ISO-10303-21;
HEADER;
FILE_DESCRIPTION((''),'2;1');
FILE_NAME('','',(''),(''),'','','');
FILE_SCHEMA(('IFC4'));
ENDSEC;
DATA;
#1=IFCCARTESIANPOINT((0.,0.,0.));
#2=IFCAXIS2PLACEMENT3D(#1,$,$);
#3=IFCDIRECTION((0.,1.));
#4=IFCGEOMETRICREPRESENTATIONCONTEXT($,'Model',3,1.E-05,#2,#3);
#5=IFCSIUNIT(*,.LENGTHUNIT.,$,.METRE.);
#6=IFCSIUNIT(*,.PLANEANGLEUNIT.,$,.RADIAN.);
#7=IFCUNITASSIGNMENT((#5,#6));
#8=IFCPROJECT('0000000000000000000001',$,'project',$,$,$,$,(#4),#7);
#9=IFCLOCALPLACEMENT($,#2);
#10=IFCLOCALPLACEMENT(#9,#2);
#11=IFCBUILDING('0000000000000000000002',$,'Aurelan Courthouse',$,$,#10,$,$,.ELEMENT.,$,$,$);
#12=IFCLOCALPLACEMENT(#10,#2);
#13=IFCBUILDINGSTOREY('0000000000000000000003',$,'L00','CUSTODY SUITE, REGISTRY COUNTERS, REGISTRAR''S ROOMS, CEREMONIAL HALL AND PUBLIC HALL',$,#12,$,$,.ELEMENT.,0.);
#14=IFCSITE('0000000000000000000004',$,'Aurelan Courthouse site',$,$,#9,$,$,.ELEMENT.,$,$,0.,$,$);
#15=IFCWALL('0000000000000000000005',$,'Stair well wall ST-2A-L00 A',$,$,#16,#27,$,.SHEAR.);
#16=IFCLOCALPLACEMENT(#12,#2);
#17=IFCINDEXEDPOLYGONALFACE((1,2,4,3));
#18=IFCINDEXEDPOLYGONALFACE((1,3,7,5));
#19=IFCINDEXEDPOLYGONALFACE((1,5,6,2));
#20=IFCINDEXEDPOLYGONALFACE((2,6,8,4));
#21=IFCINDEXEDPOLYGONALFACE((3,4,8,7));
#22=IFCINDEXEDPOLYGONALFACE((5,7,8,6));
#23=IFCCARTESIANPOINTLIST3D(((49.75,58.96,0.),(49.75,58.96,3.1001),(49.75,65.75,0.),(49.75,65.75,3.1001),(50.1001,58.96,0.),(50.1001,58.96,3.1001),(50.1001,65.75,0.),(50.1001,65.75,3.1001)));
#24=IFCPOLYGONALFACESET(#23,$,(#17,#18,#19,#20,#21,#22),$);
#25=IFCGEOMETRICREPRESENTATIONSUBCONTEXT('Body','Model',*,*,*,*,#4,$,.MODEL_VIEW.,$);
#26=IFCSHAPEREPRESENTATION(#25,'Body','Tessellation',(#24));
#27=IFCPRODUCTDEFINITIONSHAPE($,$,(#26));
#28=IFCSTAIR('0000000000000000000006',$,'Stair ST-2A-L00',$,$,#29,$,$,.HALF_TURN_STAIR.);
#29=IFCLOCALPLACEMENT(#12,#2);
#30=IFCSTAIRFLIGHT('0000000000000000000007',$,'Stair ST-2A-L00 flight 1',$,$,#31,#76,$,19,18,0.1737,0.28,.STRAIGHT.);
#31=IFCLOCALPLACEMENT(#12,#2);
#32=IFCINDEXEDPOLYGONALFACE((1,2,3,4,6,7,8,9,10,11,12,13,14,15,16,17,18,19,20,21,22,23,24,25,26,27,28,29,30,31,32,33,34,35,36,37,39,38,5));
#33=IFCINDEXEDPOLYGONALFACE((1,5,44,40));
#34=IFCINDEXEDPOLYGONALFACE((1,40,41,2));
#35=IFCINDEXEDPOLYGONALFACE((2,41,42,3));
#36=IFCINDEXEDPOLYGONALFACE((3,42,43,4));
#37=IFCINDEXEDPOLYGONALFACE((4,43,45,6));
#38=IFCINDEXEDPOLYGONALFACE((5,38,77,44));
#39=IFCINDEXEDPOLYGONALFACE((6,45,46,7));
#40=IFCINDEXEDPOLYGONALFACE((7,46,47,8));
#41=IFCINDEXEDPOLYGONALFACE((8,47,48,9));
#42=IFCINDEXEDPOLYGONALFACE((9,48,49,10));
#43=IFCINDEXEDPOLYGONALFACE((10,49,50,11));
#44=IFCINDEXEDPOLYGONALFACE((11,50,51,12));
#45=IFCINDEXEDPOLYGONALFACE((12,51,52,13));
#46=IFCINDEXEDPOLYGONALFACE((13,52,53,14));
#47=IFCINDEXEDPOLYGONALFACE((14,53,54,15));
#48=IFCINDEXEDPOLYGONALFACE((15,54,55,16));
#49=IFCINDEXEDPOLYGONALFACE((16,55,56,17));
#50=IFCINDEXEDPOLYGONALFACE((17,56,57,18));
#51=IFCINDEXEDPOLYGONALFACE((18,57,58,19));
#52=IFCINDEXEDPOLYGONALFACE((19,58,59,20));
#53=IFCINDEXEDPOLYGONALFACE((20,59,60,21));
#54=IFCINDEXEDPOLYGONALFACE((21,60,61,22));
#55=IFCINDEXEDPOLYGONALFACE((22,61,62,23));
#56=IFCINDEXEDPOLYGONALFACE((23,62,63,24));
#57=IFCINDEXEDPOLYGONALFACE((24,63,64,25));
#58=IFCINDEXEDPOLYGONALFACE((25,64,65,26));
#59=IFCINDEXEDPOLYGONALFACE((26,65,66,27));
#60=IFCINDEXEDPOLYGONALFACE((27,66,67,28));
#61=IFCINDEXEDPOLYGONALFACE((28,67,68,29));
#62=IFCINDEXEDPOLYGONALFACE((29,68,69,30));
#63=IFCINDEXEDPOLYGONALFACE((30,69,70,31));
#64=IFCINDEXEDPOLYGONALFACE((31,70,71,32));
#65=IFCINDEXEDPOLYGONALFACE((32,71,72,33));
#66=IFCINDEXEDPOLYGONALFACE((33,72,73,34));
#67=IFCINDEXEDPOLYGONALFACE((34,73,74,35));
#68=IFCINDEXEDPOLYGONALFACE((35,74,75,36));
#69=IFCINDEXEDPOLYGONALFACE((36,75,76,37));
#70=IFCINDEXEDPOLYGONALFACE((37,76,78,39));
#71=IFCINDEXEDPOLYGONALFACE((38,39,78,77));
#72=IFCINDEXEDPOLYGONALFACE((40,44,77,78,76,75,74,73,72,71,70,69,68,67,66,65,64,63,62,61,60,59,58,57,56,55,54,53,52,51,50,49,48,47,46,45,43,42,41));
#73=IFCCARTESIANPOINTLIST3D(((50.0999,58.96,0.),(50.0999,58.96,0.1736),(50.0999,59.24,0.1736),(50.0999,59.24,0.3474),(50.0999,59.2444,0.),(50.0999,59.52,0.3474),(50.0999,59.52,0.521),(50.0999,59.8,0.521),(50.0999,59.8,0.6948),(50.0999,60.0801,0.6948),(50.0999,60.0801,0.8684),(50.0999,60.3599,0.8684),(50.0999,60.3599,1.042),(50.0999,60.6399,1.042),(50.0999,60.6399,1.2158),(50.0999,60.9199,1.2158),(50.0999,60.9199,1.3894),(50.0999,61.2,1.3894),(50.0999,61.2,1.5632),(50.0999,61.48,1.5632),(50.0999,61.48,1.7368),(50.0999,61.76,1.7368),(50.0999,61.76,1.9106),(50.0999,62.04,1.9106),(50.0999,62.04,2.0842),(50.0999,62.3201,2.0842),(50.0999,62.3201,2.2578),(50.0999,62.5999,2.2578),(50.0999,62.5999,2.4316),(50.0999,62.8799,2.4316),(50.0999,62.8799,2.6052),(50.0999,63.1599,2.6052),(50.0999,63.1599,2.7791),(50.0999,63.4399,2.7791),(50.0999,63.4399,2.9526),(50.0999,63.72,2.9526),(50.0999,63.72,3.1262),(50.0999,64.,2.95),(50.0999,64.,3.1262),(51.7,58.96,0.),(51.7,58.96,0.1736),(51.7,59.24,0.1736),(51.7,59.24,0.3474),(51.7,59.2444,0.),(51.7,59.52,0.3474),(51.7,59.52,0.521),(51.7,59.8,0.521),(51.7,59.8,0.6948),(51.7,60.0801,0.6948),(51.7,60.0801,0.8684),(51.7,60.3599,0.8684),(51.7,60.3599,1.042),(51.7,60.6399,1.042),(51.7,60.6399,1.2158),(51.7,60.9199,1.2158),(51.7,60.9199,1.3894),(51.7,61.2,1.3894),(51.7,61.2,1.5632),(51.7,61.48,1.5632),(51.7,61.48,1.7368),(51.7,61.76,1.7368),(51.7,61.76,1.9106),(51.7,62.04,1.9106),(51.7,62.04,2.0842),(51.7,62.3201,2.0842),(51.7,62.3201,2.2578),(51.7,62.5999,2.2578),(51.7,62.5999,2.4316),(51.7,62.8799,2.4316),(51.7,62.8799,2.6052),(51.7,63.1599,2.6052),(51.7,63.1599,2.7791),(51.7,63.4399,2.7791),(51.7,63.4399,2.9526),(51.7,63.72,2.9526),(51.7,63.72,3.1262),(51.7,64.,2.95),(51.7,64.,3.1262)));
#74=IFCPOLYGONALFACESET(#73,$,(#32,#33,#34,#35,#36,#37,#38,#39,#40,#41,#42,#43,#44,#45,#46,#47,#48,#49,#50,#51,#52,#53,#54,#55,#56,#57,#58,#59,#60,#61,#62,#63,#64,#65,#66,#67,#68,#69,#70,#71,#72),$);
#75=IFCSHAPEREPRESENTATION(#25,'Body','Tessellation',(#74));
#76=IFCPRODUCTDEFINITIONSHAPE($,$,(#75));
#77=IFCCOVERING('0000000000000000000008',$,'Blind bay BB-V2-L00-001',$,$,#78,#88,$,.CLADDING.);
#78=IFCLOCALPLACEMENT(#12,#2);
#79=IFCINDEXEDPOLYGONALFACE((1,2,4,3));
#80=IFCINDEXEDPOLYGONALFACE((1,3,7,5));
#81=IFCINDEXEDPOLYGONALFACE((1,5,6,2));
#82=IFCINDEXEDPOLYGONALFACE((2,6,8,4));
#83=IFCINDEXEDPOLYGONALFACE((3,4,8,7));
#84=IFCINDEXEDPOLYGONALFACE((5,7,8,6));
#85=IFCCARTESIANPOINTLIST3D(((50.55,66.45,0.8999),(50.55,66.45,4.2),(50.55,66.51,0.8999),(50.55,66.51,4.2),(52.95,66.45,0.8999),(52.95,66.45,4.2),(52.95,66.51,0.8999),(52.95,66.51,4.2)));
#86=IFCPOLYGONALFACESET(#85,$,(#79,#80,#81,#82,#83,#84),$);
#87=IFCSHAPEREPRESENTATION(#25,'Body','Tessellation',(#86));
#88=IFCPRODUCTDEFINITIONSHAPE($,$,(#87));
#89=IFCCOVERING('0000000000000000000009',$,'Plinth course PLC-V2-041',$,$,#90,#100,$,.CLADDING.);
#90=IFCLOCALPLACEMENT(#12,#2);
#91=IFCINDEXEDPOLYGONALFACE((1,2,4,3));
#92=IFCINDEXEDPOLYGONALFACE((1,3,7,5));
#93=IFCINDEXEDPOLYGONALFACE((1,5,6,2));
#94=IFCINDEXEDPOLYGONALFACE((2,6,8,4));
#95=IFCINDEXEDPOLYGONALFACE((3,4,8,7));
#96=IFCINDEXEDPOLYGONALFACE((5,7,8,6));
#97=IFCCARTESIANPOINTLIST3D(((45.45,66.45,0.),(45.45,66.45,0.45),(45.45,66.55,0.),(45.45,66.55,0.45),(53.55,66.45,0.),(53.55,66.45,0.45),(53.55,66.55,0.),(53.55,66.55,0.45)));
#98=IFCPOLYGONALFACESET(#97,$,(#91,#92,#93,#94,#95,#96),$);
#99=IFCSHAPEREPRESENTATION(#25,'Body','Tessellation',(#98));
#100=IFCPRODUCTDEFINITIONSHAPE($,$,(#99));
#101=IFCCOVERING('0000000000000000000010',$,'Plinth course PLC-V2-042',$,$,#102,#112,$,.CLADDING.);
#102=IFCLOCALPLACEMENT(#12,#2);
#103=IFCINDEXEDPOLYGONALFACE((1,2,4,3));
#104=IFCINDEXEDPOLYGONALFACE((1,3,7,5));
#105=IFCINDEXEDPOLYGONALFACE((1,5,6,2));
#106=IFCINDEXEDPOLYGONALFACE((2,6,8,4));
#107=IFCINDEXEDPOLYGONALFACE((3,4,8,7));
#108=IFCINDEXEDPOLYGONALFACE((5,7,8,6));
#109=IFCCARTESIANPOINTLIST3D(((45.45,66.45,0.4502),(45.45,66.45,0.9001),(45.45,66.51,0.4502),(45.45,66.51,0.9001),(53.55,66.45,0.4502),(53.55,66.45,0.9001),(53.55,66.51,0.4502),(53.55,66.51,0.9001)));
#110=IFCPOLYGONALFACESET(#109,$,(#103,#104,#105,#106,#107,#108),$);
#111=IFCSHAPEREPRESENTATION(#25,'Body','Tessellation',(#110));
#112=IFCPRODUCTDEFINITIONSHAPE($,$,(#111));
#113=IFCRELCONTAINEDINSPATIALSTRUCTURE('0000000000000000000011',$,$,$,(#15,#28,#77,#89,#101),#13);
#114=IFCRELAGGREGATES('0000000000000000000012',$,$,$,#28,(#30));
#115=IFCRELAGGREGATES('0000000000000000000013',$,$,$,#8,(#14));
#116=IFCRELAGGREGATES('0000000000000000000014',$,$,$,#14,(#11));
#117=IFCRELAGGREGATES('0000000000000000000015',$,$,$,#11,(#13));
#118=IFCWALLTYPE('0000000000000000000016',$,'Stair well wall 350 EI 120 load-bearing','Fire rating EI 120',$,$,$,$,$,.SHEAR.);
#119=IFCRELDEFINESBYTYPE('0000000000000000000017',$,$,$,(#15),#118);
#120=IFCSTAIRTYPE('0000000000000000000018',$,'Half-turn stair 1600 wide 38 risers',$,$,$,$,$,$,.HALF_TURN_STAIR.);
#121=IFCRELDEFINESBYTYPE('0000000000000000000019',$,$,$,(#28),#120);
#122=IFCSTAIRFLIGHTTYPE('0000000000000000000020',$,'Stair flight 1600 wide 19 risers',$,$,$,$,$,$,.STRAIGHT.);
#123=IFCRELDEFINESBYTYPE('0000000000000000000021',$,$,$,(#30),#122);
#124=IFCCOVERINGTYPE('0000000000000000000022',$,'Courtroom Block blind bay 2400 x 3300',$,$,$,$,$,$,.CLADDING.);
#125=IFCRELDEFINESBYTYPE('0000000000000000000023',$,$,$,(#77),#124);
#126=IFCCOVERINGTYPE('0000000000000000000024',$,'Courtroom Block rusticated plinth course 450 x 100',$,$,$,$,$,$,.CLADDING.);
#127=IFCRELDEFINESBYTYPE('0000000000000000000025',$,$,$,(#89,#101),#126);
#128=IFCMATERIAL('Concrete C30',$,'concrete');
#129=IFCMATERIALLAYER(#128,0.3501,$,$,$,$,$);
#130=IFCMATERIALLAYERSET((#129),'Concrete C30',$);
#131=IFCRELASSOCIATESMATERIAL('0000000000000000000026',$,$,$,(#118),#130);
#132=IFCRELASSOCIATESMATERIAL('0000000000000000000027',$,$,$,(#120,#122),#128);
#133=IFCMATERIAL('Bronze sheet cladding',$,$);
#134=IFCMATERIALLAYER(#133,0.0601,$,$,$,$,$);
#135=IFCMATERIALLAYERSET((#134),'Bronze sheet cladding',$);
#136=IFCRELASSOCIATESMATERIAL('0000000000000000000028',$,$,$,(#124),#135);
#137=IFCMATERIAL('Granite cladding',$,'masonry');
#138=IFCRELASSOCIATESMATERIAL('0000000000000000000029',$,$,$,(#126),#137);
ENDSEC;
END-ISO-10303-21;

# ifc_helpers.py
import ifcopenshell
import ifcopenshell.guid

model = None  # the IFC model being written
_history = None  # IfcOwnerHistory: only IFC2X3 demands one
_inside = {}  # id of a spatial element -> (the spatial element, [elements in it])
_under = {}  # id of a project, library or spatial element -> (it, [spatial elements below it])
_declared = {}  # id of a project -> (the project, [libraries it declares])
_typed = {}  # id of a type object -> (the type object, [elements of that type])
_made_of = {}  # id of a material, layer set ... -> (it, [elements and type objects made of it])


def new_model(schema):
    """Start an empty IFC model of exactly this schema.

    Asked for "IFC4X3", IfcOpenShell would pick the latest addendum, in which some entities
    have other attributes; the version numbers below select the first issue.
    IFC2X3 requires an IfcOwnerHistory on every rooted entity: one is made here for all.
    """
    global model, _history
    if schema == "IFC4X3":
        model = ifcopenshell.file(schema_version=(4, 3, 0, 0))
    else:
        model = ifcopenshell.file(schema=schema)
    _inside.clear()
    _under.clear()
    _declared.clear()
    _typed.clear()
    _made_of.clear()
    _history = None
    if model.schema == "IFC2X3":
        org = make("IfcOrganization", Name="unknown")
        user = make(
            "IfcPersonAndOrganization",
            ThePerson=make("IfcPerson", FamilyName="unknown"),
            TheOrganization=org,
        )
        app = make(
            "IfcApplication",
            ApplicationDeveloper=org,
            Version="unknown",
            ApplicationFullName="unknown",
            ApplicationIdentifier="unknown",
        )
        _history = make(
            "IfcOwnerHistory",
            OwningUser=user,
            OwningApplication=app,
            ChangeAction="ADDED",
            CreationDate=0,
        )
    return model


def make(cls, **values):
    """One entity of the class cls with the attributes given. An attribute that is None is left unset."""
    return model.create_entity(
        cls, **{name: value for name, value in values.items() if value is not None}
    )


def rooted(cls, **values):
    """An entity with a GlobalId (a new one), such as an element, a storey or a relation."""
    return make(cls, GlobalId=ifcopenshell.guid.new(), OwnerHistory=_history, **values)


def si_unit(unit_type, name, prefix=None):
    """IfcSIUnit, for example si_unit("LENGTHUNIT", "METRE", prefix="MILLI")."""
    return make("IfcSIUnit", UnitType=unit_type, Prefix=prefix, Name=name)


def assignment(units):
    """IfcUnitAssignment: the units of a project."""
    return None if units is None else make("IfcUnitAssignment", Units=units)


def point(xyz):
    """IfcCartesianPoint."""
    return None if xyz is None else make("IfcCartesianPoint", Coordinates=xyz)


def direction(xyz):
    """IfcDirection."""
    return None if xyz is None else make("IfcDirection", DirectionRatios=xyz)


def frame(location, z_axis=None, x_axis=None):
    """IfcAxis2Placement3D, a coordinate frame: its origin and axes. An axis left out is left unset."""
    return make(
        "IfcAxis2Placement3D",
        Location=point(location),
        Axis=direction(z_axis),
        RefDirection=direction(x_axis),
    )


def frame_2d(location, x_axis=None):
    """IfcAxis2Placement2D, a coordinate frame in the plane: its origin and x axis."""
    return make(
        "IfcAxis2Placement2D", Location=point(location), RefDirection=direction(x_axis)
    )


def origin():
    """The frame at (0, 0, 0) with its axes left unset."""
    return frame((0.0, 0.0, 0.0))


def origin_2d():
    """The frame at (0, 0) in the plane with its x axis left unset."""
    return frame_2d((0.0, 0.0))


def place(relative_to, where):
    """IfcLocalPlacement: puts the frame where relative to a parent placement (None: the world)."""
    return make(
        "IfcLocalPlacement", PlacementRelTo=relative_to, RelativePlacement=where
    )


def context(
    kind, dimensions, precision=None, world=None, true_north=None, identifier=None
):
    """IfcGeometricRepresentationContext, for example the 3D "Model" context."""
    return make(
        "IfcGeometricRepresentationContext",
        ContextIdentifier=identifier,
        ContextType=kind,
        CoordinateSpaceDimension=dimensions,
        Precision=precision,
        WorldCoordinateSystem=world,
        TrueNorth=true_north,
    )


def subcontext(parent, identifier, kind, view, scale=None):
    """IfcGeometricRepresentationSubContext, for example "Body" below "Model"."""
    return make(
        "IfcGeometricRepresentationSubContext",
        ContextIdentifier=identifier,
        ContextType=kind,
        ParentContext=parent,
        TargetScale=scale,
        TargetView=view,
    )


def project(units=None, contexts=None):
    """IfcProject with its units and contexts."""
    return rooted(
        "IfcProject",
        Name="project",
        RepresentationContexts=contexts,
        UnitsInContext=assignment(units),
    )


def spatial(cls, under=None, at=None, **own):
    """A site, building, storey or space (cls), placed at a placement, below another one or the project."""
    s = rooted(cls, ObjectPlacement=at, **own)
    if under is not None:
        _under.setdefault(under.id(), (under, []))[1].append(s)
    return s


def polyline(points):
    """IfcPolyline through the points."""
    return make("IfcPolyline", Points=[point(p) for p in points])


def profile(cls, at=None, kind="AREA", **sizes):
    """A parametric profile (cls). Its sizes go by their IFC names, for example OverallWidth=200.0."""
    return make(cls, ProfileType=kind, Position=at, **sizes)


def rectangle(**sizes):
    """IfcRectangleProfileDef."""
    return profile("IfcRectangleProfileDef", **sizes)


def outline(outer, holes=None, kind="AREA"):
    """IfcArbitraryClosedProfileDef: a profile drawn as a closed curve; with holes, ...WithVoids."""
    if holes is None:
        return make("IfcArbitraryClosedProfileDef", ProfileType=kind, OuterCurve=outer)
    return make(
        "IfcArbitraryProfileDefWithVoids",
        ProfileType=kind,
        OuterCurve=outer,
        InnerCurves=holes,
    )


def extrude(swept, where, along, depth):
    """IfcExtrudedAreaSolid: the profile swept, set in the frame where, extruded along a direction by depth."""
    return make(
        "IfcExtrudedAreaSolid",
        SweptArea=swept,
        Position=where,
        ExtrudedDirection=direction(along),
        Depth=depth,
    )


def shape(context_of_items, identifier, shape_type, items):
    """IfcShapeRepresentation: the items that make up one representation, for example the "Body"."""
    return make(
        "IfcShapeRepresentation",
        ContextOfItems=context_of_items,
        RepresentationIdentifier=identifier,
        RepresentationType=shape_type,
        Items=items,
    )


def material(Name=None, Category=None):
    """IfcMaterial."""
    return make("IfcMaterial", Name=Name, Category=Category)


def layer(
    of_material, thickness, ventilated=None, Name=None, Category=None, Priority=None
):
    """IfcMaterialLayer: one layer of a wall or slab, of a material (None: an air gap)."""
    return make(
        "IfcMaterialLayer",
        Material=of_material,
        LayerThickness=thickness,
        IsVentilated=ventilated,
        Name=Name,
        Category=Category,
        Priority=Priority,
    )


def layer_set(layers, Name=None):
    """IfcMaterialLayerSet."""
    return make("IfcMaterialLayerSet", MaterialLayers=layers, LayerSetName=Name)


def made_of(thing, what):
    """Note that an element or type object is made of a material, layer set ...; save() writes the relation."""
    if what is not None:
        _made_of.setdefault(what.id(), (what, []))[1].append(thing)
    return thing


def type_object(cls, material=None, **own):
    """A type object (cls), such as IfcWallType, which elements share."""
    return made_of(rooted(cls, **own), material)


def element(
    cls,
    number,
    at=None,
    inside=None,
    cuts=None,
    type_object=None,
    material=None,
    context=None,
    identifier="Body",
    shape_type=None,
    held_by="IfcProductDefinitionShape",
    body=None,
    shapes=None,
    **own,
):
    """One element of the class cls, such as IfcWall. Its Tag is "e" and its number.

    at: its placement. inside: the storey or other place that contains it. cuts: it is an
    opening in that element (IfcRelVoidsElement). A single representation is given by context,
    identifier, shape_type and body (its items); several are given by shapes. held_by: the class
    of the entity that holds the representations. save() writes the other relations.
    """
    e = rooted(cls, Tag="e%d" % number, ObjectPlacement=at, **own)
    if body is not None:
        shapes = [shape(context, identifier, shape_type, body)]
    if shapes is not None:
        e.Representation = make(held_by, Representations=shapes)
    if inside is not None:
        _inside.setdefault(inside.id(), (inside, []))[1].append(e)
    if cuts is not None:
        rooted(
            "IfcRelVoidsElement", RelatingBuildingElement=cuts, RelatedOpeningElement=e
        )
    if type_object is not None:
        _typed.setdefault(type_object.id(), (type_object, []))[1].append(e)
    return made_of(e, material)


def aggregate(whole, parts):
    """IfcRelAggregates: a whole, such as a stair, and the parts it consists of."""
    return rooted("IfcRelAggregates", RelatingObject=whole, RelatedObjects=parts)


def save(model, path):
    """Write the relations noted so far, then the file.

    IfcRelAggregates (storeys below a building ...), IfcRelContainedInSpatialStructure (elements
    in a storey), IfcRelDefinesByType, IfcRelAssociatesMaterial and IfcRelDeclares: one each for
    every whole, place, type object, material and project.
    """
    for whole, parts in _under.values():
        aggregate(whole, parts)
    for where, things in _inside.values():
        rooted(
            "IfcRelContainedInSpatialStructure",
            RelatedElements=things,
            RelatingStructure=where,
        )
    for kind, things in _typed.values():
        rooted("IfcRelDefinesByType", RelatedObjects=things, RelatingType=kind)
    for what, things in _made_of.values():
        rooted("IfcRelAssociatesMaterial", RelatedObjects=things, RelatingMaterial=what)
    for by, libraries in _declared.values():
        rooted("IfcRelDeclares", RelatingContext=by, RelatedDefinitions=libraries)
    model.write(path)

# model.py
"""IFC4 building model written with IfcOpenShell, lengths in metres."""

from ifc_helpers import new_model, si_unit, direction, frame, frame_2d, origin, origin_2d, place, context, subcontext, project, spatial, polyline, rectangle, outline, extrude, material, layer, layer_set, type_object, element, aggregate, save


model = new_model("IFC4")

# Units and contexts
model_context = context("Model", 3, precision=1e-05, world=origin(), true_north=direction((0.0, 1.0)))
body_context = subcontext(model_context, "Body", "Model", "MODEL_VIEW")
ifc_project = project(units=[si_unit("LENGTHUNIT", "METRE"), si_unit("PLANEANGLEUNIT", "RADIAN")], contexts=[model_context])

# Site, building, storey
site_placement = place(None, origin())
site = spatial("IfcSite", under=ifc_project, at=site_placement, Name="Aurelan Courthouse site", CompositionType="ELEMENT", RefElevation=0.0)
building_placement = place(site_placement, origin())
building = spatial("IfcBuilding", under=site, at=building_placement, Name="Aurelan Courthouse", CompositionType="ELEMENT")
storey_placement = place(building_placement, origin())
storey = spatial("IfcBuildingStorey", under=building, at=storey_placement, Name="L00", Description="CUSTODY SUITE, REGISTRY COUNTERS, REGISTRAR'S ROOMS, CEREMONIAL HALL AND PUBLIC HALL", CompositionType="ELEMENT", Elevation=0.0)

# Shared definitions
ifc_material_1 = material(Name="Granite cladding", Category="masonry")
ifc_material_2 = material(Name="Concrete C30", Category="concrete")

# Wall
ifc_layer_1 = layer(ifc_material_2, 0.3501)
ifc_layer_set_1 = layer_set([ifc_layer_1], Name="Concrete C30")
wall_type_1 = type_object("IfcWallType", Name="Stair well wall 350 EI 120 load-bearing", Description="Fire rating EI 120", PredefinedType="SHEAR", material=ifc_layer_set_1)
wall_1_placement = place(storey_placement, frame((49.925, 58.96, 0.0), z_axis=(0.0, 0.0, 1.0), x_axis=(0.0, 1.0, 0.0)))
element("IfcWall", 1, at=wall_1_placement, inside=storey, type_object=wall_type_1, Name="Stair well wall ST-2A-L00 A", PredefinedType="SHEAR", context=body_context, shape_type="SweptSolid", body=[
    extrude(rectangle(XDim=6.79, YDim=0.3501, at=frame_2d((3.395, 0.0))), origin(), (0.0, 0.0, 1.0), 3.1001),
])

# Stair, stair flight
stair_type = type_object("IfcStairType", Name="Half-turn stair 1600 wide 38 risers", PredefinedType="HALF_TURN_STAIR", material=ifc_material_2)
stair_placement = place(storey_placement, origin())
stair = element("IfcStair", 2, at=stair_placement, inside=storey, type_object=stair_type, Name="Stair ST-2A-L00", PredefinedType="HALF_TURN_STAIR")
stair_flight_type = type_object("IfcStairFlightType", Name="Stair flight 1600 wide 19 risers", PredefinedType="STRAIGHT", material=ifc_material_2)
stair_flight_placement = place(storey_placement, frame((50.8999, 58.96, 0.0), z_axis=(0.0, 0.0, 1.0), x_axis=(0.0, 1.0, 0.0)))
stair_flight = element("IfcStairFlight", 3, at=stair_flight_placement, type_object=stair_flight_type, Name="Stair ST-2A-L00 flight 1", NumberOfRisers=19, NumberOfTreads=18, PredefinedType="STRAIGHT", RiserHeight=0.1737, TreadLength=0.28, context=body_context, shape_type="SweptSolid", body=[
    extrude(outline(polyline([(0.0, 0.0), (0.0, 0.1736), (0.28, 0.1736), (0.28, 0.3474), (0.5601, 0.3474), (0.5601, 0.521), (0.8401, 0.521), (0.8401, 0.6948), (1.1201, 0.6948), (1.1201, 0.8684), (1.3999, 0.8684), (1.3999, 1.042), (1.6799, 1.042), (1.6799, 1.2158), (1.96, 1.2158), (1.96, 1.3894), (2.24, 1.3894), (2.24, 1.5632), (2.52, 1.5632), (2.52, 1.7368), (2.8, 1.7368), (2.8, 1.9106), (3.0801, 1.9106), (3.0801, 2.0842), (3.3601, 2.0842), (3.3601, 2.2578), (3.6399, 2.2578), (3.6399, 2.4316), (3.9199, 2.4316), (3.9199, 2.6052), (4.2, 2.6052), (4.2, 2.7791), (4.48, 2.7791), (4.48, 2.9526), (4.76, 2.9526), (4.76, 3.1262), (5.04, 3.1262), (5.04, 3.3), (5.04, 2.95), (0.2844, 0.0), (0.0, 0.0)])), frame((0.0, 0.8, 0.0), z_axis=(0.0, -1.0, 0.0), x_axis=(1.0, 0.0, 0.0)), (0.0, 0.0, 1.0), 1.6001),
])
aggregate(stair, [stair_flight])

# Coverings
ifc_material_3 = material(Name="Bronze sheet cladding")
ifc_layer_2 = layer(ifc_material_3, 0.0601)
ifc_layer_set_2 = layer_set([ifc_layer_2], Name="Bronze sheet cladding")
covering_type_1 = type_object("IfcCoveringType", Name="Courtroom Block blind bay 2400 x 3300", PredefinedType="CLADDING", material=ifc_layer_set_2)
covering_1_placement = place(storey_placement, frame((51.75, 66.48, 0.8999), z_axis=(0.0, 0.0, 1.0), x_axis=(1.0, 0.0, 0.0)))
element("IfcCovering", 4, at=covering_1_placement, inside=storey, type_object=covering_type_1, Name="Blind bay BB-V2-L00-001", PredefinedType="CLADDING", context=body_context, shape_type="SweptSolid", body=[
    extrude(rectangle(XDim=2.3999, YDim=0.0601, at=origin_2d()), origin(), (0.0, 0.0, 1.0), 3.3),
])
covering_type_2 = type_object("IfcCoveringType", Name="Courtroom Block rusticated plinth course 450 x 100", PredefinedType="CLADDING", material=ifc_material_1)
covering_2_placement = place(storey_placement, frame((49.5, 66.5, 0.0), z_axis=(0.0, 0.0, 1.0), x_axis=(1.0, 0.0, 0.0)))
element("IfcCovering", 5, at=covering_2_placement, inside=storey, type_object=covering_type_2, Name="Plinth course PLC-V2-041", PredefinedType="CLADDING", context=body_context, shape_type="SweptSolid", body=[
    extrude(rectangle(XDim=8.1001, YDim=0.1001, at=origin_2d()), origin(), (0.0, 0.0, 1.0), 0.45),
])
covering_3_placement = place(storey_placement, frame((49.5, 66.48, 0.4502), z_axis=(0.0, 0.0, 1.0), x_axis=(1.0, 0.0, 0.0)))
element("IfcCovering", 6, at=covering_3_placement, inside=storey, type_object=covering_type_2, Name="Plinth course PLC-V2-042", PredefinedType="CLADDING", context=body_context, shape_type="SweptSolid", body=[
    extrude(rectangle(XDim=8.1001, YDim=0.0601, at=origin_2d()), origin(), (0.0, 0.0, 1.0), 0.45),
])

save(model, "model.ifc")
